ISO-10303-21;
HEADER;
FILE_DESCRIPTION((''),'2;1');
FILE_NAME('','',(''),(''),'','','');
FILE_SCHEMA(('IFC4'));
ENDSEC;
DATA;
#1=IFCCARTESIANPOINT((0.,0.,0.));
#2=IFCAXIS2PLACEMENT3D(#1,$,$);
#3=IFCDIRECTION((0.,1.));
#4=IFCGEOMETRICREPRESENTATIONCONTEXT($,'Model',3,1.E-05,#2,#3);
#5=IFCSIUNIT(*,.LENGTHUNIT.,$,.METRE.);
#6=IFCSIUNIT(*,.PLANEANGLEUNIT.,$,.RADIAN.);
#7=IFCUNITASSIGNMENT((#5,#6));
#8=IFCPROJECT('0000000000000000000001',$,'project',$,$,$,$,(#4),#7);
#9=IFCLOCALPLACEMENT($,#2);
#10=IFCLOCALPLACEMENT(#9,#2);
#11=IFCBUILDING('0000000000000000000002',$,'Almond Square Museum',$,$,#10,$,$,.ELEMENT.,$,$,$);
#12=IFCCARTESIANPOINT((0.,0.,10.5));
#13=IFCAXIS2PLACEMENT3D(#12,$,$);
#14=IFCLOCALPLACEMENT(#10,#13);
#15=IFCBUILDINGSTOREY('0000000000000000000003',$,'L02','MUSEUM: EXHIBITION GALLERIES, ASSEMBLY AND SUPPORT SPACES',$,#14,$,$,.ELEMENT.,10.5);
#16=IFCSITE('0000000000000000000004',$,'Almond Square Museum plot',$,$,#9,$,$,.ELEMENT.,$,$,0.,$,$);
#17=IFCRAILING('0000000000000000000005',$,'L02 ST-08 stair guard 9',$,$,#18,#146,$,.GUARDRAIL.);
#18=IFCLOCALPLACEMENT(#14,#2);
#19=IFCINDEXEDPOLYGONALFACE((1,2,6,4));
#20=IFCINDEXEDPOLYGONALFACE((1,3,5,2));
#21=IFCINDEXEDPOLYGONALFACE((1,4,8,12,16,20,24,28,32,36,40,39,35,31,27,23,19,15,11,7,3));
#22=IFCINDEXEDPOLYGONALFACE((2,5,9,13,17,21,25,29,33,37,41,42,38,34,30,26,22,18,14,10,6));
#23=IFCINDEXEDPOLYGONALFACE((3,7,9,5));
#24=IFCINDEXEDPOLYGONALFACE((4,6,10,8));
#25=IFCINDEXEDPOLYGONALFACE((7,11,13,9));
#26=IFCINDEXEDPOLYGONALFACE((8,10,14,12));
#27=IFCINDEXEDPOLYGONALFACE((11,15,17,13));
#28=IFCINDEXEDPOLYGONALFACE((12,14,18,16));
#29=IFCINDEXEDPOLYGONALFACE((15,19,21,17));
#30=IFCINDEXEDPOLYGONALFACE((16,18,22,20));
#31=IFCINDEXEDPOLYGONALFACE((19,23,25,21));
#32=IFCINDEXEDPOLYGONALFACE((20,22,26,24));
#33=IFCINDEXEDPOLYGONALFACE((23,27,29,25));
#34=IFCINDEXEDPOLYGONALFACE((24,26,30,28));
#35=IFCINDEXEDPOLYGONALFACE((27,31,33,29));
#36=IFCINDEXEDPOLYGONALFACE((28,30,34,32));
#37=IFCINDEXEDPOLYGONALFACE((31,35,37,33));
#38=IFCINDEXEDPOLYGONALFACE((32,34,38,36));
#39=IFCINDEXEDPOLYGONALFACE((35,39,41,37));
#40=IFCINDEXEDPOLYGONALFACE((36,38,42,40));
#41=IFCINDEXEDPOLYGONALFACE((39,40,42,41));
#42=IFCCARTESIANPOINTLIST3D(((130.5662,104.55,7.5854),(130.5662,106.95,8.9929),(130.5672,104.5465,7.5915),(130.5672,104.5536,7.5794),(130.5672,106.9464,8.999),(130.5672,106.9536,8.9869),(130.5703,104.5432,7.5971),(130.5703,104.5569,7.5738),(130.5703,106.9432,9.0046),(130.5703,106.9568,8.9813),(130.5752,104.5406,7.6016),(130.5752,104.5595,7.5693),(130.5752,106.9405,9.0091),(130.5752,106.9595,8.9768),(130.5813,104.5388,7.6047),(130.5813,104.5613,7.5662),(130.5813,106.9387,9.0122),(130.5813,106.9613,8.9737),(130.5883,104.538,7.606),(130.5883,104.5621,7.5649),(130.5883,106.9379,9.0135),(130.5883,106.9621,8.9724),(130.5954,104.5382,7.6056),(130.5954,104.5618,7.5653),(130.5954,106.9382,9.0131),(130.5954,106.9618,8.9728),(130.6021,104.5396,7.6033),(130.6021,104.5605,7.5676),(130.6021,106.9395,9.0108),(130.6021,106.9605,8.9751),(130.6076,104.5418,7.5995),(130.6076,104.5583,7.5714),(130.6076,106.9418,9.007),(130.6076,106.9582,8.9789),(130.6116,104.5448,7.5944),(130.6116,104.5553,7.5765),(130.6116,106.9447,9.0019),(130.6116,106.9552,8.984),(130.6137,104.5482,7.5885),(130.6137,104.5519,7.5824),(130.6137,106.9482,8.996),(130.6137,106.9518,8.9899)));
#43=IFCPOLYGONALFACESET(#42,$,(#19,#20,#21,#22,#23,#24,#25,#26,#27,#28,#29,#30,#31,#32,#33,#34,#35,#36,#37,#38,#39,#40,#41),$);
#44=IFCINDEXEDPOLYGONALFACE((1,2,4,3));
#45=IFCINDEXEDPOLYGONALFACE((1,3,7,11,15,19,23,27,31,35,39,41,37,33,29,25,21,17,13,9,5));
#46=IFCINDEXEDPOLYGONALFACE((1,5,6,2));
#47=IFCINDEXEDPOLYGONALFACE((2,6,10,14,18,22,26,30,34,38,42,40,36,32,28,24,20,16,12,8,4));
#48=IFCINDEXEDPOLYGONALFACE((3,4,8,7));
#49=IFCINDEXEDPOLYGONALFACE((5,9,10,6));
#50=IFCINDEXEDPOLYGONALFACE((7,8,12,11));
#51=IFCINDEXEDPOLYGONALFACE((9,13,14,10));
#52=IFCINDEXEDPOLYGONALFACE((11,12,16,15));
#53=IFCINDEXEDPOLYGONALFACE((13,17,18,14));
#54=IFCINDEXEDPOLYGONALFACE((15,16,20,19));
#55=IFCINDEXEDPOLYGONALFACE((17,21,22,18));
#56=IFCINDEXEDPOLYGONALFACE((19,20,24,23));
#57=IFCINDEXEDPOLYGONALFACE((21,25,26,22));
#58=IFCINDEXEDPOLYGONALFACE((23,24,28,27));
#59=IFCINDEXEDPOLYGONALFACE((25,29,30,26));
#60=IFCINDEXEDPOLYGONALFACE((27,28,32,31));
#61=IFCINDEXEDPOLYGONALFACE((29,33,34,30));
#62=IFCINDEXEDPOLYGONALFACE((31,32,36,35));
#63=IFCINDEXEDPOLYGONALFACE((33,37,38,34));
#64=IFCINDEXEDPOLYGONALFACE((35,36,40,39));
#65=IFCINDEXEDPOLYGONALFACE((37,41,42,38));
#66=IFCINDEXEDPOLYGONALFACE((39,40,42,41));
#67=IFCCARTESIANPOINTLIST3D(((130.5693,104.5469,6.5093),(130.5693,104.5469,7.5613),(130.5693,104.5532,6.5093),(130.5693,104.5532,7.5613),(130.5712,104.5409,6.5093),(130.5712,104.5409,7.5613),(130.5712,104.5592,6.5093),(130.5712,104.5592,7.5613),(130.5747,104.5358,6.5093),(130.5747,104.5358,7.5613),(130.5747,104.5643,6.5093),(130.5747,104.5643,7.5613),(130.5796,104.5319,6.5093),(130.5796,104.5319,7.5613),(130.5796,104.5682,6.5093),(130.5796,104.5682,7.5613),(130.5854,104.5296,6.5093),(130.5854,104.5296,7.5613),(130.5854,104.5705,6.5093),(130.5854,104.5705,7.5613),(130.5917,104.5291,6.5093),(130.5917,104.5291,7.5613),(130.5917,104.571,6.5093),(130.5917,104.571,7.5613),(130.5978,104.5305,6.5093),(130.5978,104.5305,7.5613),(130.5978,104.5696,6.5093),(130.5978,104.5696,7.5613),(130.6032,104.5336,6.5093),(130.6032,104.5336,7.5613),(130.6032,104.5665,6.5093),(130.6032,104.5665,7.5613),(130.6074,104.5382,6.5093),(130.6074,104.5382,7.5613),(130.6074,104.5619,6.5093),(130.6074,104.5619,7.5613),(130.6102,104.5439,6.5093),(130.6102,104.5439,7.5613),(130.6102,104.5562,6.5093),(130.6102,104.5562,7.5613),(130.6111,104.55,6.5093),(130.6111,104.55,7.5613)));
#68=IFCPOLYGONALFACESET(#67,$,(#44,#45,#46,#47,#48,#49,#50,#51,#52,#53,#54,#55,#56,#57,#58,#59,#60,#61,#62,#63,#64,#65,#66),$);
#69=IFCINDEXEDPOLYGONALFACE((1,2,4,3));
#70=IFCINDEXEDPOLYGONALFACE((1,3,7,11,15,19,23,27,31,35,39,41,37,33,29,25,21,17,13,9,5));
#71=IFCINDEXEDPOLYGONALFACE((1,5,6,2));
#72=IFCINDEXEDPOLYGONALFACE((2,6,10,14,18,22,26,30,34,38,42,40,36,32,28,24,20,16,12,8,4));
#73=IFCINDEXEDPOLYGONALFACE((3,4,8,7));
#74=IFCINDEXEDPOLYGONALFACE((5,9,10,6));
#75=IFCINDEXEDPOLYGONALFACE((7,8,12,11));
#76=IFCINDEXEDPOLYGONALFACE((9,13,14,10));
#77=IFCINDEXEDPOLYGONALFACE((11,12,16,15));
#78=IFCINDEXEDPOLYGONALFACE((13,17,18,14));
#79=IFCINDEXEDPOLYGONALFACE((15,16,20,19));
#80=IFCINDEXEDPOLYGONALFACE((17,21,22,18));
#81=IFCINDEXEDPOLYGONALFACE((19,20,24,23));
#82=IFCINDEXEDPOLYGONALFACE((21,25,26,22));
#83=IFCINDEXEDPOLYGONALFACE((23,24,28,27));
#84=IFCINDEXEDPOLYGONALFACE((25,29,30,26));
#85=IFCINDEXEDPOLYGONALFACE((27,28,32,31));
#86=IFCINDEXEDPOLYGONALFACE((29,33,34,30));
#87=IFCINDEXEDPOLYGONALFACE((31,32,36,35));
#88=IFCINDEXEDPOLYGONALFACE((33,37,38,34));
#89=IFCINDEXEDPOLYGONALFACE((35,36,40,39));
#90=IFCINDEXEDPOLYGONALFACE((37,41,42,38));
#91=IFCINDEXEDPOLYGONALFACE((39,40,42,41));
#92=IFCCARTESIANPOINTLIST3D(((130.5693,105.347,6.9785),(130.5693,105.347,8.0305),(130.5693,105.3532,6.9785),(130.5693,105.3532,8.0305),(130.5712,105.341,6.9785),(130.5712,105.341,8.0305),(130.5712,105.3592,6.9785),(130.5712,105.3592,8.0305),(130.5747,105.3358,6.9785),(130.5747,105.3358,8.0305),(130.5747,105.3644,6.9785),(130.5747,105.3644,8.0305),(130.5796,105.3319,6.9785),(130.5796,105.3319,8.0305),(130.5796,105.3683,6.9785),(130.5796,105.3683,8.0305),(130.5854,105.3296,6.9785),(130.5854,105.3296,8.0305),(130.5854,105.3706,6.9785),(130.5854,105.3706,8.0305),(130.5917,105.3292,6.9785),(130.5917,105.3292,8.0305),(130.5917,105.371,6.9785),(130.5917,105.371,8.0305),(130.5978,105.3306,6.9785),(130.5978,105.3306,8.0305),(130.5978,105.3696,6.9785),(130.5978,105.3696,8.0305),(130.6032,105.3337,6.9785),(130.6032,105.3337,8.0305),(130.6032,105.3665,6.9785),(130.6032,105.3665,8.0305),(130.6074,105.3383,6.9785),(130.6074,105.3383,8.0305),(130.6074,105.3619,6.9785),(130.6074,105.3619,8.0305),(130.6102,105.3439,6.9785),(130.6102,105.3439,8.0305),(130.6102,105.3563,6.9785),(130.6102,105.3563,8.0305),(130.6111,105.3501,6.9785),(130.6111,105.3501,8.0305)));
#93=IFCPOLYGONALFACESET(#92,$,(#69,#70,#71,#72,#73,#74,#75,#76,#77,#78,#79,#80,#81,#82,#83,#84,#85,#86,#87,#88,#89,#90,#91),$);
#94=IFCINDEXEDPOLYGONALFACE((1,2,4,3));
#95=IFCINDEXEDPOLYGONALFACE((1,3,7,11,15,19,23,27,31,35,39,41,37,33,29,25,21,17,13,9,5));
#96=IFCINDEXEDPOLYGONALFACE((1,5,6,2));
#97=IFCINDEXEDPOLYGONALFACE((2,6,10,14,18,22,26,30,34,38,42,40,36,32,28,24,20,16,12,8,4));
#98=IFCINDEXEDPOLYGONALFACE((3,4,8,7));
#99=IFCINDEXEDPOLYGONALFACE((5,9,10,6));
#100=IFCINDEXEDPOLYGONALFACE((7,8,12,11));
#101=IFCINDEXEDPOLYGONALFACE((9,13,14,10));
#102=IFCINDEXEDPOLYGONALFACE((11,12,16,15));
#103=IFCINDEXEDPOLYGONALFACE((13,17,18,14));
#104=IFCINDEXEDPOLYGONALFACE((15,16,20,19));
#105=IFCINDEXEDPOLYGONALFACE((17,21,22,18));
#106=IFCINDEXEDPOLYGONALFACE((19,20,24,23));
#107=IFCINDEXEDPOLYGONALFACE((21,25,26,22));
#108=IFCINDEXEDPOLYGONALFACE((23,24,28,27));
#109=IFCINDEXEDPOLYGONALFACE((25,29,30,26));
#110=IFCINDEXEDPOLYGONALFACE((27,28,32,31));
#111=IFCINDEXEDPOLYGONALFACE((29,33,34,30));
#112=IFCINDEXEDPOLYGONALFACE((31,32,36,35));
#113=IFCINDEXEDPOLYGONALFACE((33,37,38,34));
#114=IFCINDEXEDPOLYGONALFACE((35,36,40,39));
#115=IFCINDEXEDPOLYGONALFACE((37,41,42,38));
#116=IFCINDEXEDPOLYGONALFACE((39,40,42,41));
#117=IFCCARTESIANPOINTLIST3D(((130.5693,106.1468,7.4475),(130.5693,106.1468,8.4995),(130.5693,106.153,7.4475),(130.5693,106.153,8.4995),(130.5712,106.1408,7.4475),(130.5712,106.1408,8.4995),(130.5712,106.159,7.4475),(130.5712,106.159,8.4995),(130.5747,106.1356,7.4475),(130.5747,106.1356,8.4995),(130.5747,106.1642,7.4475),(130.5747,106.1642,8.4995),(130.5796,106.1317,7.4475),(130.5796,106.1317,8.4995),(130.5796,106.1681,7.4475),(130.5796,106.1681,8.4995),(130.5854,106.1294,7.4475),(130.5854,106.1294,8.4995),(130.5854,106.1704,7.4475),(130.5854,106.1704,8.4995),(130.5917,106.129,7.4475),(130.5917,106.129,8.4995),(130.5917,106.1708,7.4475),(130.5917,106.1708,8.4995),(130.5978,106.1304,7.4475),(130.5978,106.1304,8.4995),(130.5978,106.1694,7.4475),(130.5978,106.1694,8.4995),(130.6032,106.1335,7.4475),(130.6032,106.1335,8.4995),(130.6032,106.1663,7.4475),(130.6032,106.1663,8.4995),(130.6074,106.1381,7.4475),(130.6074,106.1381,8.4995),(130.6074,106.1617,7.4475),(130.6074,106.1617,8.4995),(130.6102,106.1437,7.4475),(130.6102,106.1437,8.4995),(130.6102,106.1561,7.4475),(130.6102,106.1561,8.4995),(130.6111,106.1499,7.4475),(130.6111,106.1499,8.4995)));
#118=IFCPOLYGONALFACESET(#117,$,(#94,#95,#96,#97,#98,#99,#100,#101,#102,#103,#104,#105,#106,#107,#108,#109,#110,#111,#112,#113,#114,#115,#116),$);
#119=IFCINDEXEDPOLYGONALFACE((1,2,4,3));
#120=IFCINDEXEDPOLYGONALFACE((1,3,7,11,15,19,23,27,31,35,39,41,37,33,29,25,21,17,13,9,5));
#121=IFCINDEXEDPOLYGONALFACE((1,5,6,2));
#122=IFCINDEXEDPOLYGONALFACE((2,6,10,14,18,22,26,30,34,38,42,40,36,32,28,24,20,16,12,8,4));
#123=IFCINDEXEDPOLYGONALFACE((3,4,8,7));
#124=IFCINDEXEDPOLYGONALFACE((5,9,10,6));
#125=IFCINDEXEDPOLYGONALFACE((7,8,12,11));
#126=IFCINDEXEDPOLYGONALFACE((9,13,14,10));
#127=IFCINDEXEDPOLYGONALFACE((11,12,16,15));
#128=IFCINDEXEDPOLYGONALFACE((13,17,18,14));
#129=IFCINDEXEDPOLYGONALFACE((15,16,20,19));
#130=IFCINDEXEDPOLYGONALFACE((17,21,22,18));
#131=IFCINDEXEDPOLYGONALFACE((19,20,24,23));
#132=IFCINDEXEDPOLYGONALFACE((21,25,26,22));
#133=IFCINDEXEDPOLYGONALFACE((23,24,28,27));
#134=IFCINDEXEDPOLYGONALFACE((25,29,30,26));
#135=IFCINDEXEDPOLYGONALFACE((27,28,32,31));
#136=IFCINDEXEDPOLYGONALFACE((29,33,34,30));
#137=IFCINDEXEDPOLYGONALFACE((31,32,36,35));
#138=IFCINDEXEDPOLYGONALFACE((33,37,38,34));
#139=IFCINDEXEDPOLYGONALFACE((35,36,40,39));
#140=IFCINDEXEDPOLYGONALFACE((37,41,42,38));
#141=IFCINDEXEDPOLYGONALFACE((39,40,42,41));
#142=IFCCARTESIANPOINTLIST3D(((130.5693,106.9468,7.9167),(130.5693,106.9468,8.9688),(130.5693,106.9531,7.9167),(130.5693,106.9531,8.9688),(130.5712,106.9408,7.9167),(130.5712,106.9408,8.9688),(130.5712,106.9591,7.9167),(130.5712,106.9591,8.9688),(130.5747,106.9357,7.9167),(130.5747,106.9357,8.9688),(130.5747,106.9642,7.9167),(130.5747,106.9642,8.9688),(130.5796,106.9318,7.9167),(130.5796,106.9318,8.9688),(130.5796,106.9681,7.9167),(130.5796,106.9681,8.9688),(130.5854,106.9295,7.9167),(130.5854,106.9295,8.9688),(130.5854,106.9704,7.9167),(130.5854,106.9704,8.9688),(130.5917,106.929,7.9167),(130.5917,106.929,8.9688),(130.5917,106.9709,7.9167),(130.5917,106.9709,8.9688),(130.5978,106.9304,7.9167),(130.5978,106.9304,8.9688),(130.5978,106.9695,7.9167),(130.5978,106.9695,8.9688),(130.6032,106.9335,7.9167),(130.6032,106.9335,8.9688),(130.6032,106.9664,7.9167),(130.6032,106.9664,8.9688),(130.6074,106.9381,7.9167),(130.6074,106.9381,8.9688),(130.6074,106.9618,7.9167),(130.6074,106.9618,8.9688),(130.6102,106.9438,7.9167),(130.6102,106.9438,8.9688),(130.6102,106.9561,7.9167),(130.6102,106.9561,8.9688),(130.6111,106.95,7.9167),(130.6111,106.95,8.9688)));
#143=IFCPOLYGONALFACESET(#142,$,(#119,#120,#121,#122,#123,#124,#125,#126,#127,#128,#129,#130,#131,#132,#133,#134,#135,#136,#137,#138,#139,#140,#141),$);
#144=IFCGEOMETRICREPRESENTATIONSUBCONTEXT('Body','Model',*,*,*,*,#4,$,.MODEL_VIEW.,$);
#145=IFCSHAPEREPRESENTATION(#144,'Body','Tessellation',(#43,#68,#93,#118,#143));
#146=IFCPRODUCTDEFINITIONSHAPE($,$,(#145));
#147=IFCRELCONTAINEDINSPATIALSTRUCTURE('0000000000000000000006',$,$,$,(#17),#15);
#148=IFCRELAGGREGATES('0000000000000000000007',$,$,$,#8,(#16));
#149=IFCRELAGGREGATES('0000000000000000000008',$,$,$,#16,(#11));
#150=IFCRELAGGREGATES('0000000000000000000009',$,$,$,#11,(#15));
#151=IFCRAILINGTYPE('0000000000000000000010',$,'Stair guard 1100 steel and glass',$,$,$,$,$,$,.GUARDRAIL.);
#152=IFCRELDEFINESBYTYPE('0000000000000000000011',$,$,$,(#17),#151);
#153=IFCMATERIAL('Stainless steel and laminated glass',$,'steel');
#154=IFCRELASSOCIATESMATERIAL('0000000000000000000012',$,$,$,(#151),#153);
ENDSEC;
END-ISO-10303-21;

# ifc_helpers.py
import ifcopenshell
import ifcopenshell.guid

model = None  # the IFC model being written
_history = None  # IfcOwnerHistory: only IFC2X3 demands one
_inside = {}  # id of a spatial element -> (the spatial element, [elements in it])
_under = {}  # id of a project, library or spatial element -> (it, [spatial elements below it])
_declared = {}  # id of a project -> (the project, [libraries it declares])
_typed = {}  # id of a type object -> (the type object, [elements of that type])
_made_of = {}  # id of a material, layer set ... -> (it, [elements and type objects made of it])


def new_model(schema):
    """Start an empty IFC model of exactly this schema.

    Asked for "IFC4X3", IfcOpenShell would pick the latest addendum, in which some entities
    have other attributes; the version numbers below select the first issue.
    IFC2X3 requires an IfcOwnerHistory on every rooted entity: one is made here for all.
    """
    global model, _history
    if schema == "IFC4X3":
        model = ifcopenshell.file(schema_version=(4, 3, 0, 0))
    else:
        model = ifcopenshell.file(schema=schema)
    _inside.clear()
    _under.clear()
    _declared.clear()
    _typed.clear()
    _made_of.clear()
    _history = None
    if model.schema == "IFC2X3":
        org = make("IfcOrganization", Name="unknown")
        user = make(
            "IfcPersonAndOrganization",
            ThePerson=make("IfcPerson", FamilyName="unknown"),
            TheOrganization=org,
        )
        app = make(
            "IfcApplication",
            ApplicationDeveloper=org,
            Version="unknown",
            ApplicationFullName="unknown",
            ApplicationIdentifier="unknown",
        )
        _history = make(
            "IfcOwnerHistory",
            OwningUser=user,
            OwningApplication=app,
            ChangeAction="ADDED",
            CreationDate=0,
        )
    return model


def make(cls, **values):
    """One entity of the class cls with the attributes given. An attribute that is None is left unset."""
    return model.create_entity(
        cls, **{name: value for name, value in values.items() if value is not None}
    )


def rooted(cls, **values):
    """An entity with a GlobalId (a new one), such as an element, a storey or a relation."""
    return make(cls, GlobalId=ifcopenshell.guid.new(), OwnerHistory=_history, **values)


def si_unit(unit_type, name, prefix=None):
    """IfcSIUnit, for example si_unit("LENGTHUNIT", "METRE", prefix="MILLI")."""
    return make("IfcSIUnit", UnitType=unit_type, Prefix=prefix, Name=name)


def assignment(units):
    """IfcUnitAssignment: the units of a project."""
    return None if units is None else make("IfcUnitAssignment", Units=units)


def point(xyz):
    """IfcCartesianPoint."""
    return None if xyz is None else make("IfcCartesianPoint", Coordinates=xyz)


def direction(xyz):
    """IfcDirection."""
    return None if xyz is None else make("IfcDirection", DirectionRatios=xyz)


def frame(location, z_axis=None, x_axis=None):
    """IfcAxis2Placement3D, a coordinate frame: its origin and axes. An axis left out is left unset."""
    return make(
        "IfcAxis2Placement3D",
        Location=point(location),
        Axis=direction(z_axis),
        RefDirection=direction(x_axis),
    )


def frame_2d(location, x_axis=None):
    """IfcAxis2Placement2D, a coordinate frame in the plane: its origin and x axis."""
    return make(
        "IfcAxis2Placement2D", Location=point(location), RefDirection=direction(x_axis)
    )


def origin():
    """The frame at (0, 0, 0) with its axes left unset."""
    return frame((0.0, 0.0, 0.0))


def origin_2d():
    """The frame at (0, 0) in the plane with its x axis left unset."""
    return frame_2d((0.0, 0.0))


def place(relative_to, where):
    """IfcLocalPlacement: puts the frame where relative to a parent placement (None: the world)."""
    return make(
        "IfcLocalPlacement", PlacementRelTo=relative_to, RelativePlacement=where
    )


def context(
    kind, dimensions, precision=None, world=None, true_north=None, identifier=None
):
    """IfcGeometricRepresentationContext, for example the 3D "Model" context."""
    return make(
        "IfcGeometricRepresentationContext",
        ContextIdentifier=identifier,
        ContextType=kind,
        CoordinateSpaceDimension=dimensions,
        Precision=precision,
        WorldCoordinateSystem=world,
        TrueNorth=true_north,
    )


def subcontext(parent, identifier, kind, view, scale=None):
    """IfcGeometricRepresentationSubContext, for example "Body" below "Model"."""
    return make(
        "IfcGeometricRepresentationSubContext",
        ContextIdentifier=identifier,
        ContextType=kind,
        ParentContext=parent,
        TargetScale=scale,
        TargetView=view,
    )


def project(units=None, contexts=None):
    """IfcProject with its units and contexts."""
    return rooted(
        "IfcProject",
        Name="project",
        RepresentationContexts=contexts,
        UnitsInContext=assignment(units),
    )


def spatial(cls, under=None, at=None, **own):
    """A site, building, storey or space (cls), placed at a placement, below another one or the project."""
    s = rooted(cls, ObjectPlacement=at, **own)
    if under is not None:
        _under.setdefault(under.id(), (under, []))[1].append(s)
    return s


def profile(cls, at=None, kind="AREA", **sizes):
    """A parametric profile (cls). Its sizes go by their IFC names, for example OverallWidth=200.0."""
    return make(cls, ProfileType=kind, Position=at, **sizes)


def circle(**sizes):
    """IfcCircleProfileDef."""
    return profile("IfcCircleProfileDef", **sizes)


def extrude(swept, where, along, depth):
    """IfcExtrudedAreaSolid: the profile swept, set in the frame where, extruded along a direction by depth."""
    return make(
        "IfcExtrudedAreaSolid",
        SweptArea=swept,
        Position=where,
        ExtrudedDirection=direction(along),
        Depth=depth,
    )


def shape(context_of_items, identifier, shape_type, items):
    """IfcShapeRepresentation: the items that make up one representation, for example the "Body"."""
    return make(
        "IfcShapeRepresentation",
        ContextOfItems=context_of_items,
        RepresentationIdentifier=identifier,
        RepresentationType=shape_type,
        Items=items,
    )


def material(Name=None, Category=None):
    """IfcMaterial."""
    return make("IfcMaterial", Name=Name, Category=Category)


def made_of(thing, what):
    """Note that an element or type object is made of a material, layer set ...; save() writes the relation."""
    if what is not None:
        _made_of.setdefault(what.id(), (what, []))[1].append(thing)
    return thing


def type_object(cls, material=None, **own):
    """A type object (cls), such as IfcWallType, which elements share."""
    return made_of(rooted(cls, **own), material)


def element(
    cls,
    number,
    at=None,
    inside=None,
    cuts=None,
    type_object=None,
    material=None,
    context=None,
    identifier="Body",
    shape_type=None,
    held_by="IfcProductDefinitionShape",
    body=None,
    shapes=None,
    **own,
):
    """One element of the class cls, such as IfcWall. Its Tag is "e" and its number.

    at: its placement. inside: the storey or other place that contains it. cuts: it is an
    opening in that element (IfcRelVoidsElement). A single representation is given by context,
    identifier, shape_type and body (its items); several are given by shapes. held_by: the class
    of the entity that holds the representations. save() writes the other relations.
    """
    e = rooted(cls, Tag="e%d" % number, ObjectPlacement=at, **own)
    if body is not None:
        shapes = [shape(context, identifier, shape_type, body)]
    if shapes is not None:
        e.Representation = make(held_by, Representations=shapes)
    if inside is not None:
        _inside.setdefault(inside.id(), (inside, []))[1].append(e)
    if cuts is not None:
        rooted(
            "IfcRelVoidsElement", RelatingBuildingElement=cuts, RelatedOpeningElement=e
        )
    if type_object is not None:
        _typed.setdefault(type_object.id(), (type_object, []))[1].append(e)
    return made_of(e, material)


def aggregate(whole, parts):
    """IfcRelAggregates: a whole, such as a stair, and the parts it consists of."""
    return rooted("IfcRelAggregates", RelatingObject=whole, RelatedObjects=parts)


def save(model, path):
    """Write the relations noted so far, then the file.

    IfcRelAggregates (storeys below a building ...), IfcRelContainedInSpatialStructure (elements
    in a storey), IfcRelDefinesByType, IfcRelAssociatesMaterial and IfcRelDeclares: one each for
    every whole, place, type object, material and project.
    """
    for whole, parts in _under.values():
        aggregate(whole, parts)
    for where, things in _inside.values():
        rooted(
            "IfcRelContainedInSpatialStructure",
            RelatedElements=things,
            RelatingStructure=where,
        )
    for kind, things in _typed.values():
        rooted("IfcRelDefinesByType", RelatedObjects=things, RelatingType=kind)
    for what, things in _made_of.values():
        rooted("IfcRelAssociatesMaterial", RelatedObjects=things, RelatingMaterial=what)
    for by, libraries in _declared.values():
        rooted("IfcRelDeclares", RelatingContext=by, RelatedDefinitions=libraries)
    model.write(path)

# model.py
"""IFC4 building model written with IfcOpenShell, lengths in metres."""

from ifc_helpers import new_model, si_unit, direction, frame, origin, origin_2d, place, context, subcontext, project, spatial, circle, extrude, material, type_object, element, save


model = new_model("IFC4")

# Units and contexts
model_context = context("Model", 3, precision=1e-05, world=origin(), true_north=direction((0.0, 1.0)))
body_context = subcontext(model_context, "Body", "Model", "MODEL_VIEW")
ifc_project = project(units=[si_unit("LENGTHUNIT", "METRE"), si_unit("PLANEANGLEUNIT", "RADIAN")], contexts=[model_context])

# Site, building, storey
site_placement = place(None, origin())
site = spatial("IfcSite", under=ifc_project, at=site_placement, Name="Almond Square Museum plot", CompositionType="ELEMENT", RefElevation=0.0)
building_placement = place(site_placement, origin())
building = spatial("IfcBuilding", under=site, at=building_placement, Name="Almond Square Museum", CompositionType="ELEMENT")
storey_placement = place(building_placement, frame((0.0, 0.0, 10.5)))
storey = spatial("IfcBuildingStorey", under=building, at=storey_placement, Name="L02", Description="MUSEUM: EXHIBITION GALLERIES, ASSEMBLY AND SUPPORT SPACES", CompositionType="ELEMENT", Elevation=10.5)

# Railing
ifc_material_1 = material(Name="Stainless steel and laminated glass", Category="steel")
railing_type_1 = type_object("IfcRailingType", Name="Stair guard 1100 steel and glass", PredefinedType="GUARDRAIL", material=ifc_material_1)
railing_1_placement = place(storey_placement, frame((130.5901, 104.55, 6.5093)))
element("IfcRailing", 1, at=railing_1_placement, inside=storey, type_object=railing_type_1, Name="L02 ST-08 stair guard 9", PredefinedType="GUARDRAIL", context=body_context, shape_type="SweptSolid", body=[
    extrude(circle(Radius=0.0239, at=origin_2d()), frame((0.0, 0.0, 1.0762), z_axis=(0.0, 0.862599, 0.505888), x_axis=(-1.0, 0.0, 0.0)), (0.0, 0.0, 1.0), 2.7822),
    extrude(circle(Radius=0.021, at=origin_2d()), origin(), (0.0, 0.0, 1.0), 1.052),
    extrude(circle(Radius=0.021, at=origin_2d()), frame((0.0, 0.8, 0.4692)), (0.0, 0.0, 1.0), 1.052),
    extrude(circle(Radius=0.021, at=origin_2d()), frame((0.0, 1.5999, 0.9382)), (0.0, 0.0, 1.0), 1.052),
    extrude(circle(Radius=0.021, at=origin_2d()), frame((0.0, 2.3999, 1.4075)), (0.0, 0.0, 1.0), 1.052),
])

save(model, "model.ifc")
